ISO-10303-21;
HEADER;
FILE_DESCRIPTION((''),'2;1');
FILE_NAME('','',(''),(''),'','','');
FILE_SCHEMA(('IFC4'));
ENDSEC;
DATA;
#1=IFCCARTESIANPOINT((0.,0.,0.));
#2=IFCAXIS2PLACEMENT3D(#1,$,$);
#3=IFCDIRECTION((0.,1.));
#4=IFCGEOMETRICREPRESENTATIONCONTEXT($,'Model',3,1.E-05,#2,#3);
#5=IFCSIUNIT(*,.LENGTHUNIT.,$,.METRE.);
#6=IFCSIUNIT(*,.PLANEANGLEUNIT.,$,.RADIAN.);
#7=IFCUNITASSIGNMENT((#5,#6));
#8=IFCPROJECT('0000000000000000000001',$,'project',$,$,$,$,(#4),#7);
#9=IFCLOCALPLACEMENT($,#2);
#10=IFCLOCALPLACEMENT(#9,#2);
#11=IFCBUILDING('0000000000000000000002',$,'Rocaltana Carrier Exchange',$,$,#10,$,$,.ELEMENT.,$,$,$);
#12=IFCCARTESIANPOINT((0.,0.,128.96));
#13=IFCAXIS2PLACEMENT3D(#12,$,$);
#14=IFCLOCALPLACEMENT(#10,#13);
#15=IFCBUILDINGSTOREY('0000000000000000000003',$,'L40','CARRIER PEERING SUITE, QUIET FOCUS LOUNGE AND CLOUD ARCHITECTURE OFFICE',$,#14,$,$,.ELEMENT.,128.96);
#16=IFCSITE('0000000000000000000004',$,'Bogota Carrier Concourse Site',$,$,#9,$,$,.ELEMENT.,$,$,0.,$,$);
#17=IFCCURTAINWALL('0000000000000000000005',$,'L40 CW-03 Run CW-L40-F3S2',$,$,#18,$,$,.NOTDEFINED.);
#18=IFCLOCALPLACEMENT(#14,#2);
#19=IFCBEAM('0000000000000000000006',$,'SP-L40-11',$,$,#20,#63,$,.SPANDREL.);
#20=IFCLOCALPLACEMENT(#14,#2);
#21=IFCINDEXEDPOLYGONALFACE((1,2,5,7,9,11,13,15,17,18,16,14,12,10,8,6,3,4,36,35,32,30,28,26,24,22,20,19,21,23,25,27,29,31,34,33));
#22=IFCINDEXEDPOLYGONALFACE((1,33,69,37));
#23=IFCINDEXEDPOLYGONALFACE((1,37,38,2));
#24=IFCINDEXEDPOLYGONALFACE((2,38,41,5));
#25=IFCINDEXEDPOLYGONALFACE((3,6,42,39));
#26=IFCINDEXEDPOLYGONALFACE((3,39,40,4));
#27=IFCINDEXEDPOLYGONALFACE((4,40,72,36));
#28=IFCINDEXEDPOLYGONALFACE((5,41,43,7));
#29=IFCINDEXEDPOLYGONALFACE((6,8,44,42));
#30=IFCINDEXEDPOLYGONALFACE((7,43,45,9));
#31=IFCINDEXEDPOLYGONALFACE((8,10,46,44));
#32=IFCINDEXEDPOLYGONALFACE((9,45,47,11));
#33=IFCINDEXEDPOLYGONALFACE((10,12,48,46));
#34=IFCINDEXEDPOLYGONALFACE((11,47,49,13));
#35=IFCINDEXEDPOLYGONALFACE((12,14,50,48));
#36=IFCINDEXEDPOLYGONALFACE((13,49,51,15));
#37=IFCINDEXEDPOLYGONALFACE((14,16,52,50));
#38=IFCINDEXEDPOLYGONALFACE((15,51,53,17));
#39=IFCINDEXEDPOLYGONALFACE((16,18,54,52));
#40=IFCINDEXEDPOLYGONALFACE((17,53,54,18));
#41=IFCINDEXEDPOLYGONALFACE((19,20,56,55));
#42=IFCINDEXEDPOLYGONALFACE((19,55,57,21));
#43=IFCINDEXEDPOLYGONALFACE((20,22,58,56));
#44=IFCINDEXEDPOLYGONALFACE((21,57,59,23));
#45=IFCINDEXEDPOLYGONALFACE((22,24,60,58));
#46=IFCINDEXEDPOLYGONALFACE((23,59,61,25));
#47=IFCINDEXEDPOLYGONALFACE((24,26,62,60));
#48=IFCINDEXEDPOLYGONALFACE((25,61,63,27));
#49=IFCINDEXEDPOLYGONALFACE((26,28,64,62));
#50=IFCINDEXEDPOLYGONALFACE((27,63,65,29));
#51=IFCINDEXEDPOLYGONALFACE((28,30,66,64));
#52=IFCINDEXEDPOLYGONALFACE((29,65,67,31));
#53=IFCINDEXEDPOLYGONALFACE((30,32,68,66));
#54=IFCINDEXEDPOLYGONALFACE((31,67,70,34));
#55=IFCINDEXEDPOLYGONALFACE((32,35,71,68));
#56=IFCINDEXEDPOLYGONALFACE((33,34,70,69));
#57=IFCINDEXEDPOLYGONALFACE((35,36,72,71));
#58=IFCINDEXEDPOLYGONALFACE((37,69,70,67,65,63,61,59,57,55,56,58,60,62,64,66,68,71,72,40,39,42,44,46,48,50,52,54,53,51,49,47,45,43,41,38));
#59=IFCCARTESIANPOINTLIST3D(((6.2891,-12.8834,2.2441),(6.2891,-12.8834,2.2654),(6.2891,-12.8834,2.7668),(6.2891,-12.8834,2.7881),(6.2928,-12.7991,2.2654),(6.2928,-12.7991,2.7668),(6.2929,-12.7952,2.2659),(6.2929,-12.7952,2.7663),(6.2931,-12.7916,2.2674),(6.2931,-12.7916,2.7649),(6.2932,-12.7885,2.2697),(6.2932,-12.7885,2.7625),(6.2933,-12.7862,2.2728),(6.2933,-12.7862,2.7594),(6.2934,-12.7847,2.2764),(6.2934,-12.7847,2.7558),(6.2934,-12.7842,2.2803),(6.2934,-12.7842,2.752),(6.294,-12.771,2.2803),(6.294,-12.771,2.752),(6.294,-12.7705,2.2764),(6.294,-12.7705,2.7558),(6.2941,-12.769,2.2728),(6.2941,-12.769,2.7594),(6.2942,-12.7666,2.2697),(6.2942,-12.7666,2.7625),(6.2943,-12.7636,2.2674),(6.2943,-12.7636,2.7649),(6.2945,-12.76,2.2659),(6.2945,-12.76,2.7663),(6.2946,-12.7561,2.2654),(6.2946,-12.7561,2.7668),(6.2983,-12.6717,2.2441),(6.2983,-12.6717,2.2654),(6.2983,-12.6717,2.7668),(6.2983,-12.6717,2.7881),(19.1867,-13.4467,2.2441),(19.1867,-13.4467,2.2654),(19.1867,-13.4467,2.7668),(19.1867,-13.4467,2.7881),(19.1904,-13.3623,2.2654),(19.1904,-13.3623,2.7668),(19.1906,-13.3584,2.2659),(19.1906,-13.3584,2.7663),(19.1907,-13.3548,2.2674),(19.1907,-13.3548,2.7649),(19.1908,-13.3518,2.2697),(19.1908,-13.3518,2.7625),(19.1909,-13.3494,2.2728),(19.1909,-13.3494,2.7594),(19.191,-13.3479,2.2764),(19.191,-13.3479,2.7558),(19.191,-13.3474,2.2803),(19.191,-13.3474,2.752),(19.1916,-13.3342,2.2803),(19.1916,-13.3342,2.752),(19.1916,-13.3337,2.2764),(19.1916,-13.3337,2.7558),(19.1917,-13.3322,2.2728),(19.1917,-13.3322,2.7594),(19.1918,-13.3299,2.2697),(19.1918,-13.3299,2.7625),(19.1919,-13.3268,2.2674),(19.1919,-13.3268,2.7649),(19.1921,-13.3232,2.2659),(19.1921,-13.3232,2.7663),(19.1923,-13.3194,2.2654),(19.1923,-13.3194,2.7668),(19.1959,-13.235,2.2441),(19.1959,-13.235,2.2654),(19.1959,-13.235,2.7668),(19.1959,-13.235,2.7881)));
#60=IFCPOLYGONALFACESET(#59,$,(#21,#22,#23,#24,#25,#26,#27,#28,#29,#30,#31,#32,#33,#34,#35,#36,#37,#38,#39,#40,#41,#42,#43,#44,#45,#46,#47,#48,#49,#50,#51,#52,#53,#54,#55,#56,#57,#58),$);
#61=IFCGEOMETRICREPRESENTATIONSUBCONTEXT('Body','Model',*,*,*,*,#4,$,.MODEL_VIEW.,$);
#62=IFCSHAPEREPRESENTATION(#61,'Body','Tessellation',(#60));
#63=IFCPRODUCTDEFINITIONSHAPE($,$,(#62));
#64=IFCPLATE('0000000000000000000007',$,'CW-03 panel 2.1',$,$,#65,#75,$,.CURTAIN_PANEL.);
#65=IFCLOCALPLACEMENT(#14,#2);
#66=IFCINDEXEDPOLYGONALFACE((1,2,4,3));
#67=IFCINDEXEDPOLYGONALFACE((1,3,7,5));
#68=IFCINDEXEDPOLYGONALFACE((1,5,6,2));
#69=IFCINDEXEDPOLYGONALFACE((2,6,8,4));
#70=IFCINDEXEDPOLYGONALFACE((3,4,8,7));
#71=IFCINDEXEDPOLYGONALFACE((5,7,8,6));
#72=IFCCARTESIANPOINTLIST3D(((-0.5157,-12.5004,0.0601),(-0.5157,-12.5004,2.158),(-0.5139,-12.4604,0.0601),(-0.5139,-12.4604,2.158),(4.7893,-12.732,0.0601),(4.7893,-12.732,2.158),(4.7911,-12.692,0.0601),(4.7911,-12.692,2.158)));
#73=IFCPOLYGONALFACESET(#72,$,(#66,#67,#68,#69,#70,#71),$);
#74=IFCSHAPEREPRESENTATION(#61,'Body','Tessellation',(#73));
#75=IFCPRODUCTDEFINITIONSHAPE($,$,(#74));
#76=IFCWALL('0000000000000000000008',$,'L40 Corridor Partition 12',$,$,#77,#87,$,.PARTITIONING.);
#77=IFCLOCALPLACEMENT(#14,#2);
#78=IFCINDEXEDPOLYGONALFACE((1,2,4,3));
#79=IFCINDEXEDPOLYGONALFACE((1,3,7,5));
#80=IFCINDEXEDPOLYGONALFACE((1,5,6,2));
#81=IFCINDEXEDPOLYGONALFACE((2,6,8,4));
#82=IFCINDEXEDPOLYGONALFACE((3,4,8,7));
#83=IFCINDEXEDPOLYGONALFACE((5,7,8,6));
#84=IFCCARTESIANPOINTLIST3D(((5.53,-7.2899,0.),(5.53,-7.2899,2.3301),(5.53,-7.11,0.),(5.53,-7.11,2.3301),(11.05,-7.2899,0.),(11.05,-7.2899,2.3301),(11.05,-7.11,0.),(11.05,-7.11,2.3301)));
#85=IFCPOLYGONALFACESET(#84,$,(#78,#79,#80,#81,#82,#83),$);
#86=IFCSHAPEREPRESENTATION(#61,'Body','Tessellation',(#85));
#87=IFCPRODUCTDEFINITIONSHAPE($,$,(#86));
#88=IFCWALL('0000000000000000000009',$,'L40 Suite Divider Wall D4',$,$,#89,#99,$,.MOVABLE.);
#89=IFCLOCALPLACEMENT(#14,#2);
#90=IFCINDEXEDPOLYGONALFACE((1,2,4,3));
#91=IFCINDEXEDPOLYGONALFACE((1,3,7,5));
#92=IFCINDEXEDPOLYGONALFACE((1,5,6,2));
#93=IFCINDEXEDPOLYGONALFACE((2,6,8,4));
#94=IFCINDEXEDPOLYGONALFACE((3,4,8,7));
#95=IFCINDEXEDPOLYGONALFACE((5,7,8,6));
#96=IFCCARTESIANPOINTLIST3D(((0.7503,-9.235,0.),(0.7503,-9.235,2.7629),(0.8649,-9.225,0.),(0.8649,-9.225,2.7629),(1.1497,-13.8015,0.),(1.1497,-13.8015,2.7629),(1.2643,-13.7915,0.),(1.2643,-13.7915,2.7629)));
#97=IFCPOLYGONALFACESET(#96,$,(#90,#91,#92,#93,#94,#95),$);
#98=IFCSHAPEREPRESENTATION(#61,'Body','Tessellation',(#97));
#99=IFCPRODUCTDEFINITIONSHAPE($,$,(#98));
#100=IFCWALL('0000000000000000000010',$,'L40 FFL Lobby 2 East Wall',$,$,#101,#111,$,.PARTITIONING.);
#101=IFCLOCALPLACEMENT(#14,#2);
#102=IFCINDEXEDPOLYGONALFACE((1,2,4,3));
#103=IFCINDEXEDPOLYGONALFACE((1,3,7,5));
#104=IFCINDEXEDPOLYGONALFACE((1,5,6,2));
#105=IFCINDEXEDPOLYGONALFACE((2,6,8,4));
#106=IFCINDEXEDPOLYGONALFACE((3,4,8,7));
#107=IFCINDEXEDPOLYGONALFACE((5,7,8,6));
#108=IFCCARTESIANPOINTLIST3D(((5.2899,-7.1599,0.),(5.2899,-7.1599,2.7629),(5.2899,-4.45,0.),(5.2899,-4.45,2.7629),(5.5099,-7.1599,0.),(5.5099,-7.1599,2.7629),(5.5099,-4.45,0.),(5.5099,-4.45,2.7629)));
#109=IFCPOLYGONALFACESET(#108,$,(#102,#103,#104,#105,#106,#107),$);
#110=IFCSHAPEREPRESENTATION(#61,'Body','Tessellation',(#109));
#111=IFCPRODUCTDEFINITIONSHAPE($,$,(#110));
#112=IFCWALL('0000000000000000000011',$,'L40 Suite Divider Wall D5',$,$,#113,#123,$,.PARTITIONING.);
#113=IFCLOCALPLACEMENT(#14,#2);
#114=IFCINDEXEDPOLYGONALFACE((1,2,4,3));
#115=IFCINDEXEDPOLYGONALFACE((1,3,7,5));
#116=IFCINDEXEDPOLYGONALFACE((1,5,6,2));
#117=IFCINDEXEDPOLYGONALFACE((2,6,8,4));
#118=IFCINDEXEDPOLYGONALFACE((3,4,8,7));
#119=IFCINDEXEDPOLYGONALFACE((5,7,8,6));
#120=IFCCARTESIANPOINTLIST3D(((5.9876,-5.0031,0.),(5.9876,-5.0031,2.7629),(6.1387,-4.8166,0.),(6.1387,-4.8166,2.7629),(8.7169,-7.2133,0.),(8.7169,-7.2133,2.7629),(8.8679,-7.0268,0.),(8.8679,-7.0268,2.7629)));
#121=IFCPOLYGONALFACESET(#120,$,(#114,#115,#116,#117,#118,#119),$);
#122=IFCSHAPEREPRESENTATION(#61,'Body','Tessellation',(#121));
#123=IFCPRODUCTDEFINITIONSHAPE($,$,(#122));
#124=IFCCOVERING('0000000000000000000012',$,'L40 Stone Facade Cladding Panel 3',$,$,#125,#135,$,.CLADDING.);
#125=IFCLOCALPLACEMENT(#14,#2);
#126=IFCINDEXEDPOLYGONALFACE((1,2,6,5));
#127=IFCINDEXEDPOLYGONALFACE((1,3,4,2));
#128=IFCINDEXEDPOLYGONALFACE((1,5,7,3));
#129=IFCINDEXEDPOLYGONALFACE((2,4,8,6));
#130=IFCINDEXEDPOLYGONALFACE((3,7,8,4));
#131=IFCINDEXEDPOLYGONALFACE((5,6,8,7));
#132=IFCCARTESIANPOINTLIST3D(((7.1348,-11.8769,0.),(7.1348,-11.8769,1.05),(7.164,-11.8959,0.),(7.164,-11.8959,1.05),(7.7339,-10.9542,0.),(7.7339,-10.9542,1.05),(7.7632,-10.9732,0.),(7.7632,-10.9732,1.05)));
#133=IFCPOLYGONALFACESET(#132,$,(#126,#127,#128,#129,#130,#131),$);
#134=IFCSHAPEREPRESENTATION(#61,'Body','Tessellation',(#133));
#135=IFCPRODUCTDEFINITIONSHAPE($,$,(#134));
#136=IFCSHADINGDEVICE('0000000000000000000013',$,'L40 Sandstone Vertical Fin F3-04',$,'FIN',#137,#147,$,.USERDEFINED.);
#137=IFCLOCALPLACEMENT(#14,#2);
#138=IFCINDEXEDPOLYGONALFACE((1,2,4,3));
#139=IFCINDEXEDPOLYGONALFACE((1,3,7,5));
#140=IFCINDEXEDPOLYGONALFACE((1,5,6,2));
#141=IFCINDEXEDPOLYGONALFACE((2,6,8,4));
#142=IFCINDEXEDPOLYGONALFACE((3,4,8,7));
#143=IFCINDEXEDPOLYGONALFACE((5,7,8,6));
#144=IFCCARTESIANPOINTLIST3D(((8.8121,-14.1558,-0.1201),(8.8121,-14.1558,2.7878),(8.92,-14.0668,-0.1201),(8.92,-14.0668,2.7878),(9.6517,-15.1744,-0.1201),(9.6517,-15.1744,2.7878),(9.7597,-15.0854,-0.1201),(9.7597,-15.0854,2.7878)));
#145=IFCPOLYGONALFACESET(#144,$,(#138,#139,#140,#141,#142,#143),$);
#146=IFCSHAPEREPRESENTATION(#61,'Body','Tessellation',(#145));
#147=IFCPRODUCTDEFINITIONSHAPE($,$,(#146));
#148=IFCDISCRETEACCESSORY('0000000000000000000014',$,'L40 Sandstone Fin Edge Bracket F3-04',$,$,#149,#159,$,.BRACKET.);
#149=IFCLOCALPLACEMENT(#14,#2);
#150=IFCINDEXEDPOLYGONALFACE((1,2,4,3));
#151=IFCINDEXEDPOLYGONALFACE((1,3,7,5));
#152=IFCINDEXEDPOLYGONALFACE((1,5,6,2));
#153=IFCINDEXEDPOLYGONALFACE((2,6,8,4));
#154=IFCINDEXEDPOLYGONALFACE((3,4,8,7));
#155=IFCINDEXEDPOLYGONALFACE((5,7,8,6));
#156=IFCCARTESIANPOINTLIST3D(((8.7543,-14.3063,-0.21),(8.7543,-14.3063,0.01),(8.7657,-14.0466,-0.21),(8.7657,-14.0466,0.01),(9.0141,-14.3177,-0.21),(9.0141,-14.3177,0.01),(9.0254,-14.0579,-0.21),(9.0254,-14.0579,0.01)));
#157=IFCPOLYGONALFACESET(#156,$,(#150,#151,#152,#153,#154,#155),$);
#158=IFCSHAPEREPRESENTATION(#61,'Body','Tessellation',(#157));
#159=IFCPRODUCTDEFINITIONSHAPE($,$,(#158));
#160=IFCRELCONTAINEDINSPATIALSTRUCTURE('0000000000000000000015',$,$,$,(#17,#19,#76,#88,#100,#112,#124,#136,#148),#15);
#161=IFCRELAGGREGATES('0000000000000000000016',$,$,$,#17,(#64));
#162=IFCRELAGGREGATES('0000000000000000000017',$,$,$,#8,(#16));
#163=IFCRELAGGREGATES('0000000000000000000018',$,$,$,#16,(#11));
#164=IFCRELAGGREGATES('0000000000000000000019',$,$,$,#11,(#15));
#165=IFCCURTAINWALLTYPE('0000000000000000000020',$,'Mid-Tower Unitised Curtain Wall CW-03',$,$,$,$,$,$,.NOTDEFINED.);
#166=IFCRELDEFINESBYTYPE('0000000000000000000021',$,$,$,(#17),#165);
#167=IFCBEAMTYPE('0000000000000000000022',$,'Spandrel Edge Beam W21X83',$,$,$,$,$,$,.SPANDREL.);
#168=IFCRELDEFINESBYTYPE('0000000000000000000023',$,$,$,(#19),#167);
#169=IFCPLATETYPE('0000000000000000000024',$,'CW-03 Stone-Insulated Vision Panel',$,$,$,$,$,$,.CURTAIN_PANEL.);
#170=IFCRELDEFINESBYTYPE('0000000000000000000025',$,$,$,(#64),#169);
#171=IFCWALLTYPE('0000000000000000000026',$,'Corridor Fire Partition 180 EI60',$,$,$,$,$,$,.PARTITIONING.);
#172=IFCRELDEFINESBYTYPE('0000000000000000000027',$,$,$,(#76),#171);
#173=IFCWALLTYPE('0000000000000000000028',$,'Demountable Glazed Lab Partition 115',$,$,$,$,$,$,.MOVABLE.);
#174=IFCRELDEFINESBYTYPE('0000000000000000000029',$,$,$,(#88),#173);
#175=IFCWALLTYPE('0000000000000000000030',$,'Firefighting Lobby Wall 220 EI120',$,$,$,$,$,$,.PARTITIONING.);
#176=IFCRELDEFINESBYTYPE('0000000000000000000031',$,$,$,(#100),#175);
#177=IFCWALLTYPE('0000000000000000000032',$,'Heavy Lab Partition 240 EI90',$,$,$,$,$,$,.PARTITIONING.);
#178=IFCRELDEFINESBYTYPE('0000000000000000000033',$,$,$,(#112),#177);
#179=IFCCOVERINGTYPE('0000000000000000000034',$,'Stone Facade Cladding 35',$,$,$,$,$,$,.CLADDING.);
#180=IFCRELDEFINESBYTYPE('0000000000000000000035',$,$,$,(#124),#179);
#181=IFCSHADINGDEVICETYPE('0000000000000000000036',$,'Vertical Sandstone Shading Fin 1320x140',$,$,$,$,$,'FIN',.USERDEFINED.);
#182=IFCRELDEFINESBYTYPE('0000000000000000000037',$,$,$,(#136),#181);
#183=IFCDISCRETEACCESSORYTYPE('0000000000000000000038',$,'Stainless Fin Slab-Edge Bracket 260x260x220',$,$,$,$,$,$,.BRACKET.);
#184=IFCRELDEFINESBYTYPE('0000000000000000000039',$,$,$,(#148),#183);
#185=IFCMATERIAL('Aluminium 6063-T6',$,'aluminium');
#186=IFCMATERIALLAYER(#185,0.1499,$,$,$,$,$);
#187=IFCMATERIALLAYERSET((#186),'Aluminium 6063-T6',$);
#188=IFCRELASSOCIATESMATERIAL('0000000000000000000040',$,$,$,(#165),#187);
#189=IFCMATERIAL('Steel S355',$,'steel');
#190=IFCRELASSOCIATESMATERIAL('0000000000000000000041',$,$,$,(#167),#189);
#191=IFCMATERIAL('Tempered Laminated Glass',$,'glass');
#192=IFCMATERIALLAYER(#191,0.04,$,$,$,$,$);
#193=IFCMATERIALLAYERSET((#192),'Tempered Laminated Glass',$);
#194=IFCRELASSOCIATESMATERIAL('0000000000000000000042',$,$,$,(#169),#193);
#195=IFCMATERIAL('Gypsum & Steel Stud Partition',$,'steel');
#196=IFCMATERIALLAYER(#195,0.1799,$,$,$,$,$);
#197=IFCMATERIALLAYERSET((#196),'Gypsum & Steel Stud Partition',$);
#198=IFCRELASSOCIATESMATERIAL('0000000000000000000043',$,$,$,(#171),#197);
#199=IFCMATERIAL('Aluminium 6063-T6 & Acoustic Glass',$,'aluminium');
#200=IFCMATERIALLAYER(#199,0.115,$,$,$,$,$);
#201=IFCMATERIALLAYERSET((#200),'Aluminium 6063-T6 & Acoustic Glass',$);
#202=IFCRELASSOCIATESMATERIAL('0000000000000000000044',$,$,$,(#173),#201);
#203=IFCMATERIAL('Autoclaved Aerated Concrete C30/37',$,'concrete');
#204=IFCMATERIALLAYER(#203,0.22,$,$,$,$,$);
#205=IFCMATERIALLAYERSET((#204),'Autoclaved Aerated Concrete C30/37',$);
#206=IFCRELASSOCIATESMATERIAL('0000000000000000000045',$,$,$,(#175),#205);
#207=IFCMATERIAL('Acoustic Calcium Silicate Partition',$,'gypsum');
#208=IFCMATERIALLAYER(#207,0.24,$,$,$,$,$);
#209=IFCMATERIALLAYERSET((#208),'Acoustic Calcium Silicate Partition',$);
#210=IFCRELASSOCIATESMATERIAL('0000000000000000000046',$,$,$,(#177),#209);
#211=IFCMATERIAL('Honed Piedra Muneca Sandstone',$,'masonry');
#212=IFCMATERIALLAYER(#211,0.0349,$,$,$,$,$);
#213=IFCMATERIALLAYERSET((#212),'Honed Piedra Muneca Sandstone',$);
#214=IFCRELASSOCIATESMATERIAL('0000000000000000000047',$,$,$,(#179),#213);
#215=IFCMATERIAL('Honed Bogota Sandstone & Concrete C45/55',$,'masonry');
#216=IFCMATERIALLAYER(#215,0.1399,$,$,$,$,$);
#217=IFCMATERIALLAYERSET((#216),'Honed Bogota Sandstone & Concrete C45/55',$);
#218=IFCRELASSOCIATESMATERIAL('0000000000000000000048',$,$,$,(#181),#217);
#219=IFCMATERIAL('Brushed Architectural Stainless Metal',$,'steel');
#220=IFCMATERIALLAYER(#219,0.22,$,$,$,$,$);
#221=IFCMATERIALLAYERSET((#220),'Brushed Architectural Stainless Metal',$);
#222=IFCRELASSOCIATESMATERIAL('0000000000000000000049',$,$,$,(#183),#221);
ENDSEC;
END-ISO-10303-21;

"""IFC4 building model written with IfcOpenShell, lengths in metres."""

from ifc_helpers import new_model, si_unit, direction, frame, frame_2d, origin, origin_2d, place, context, subcontext, project, spatial, rectangle, i_section, extrude, material, layer, layer_set, material_profile, profile_set, type_object, element, aggregate, save


model = new_model("IFC4")

# Units and contexts
model_context = context("Model", 3, precision=1e-05, world=origin(), true_north=direction((0.0, 1.0)))
body_context = subcontext(model_context, "Body", "Model", "MODEL_VIEW")
ifc_project = project(units=[si_unit("LENGTHUNIT", "METRE"), si_unit("PLANEANGLEUNIT", "RADIAN")], contexts=[model_context])

# Site, building, storey
site_placement = place(None, origin())
site = spatial("IfcSite", under=ifc_project, at=site_placement, Name="Bogota Carrier Concourse Site", CompositionType="ELEMENT", RefElevation=0.0)
building_placement = place(site_placement, origin())
building = spatial("IfcBuilding", under=site, at=building_placement, Name="Rocaltana Carrier Exchange", CompositionType="ELEMENT")
storey_placement = place(building_placement, frame((0.0, 0.0, 128.96)))
storey = spatial("IfcBuildingStorey", under=building, at=storey_placement, Name="L40", Description="CARRIER PEERING SUITE, QUIET FOCUS LOUNGE AND CLOUD ARCHITECTURE OFFICE", CompositionType="ELEMENT", Elevation=128.96)

# Curtain wall
ifc_material_1 = material(Name="Aluminium 6063-T6", Category="aluminium")
ifc_layer_1 = layer(ifc_material_1, 0.1499)
ifc_layer_set_1 = layer_set([ifc_layer_1], Name="Aluminium 6063-T6")
curtain_wall_type = type_object("IfcCurtainWallType", Name="Mid-Tower Unitised Curtain Wall CW-03", PredefinedType="NOTDEFINED", material=ifc_layer_set_1)
curtain_wall_1_placement = place(storey_placement, origin())
curtain_wall_1 = element("IfcCurtainWall", 1, at=curtain_wall_1_placement, inside=storey, type_object=curtain_wall_type, Name="L40 CW-03 Run CW-L40-F3S2", PredefinedType="NOTDEFINED")

# Beam
ifc_material_2 = material(Name="Steel S355", Category="steel")
ifc_material_profile_1 = material_profile(ifc_material_2, i_section(OverallWidth=0.2119, OverallDepth=0.5439, WebThickness=0.0132, FlangeThickness=0.0212, FilletRadius=0.0149, at=origin_2d()), Name="W21X83")
ifc_profile_set_1 = profile_set([ifc_material_profile_1], Name="Steel S355")
beam_type_1 = type_object("IfcBeamType", Name="Spandrel Edge Beam W21X83", PredefinedType="SPANDREL", material=ifc_profile_set_1)
beam_1_placement = place(storey_placement, frame((6.2937, -12.7776, 2.5161), z_axis=(0.999048, -0.043628, 0.0), x_axis=(0.043628, 0.999048, 0.0)))
element("IfcBeam", 2, at=beam_1_placement, inside=storey, type_object=beam_type_1, Name="SP-L40-11", PredefinedType="SPANDREL", context=body_context, shape_type="SweptSolid", body=[
    extrude(i_section(OverallWidth=0.2119, OverallDepth=0.5439, WebThickness=0.0132, FlangeThickness=0.0212, FilletRadius=0.0149, at=origin_2d()), origin(), (0.0, 0.0, 1.0), 12.9099),
])

# Plate
ifc_material_3 = material(Name="Tempered Laminated Glass", Category="glass")
ifc_layer_2 = layer(ifc_material_3, 0.04)
ifc_layer_set_2 = layer_set([ifc_layer_2], Name="Tempered Laminated Glass")
plate_type = type_object("IfcPlateType", Name="CW-03 Stone-Insulated Vision Panel", PredefinedType="CURTAIN_PANEL", material=ifc_layer_set_2)
plate_placement = place(storey_placement, frame((2.1377, -12.5962, 0.0601), z_axis=(0.0, 0.0, 1.0), x_axis=(0.999048, -0.04362, 0.0)))
plate = element("IfcPlate", 3, at=plate_placement, type_object=plate_type, Name="CW-03 panel 2.1", PredefinedType="CURTAIN_PANEL", context=body_context, shape_type="SweptSolid", body=[
    extrude(rectangle(XDim=5.3101, YDim=0.04, at=origin_2d()), origin(), (0.0, 0.0, 1.0), 2.0979),
])
aggregate(curtain_wall_1, [plate])

# Walls
ifc_material_4 = material(Name="Gypsum & Steel Stud Partition", Category="steel")
ifc_layer_3 = layer(ifc_material_4, 0.1799)
ifc_layer_set_3 = layer_set([ifc_layer_3], Name="Gypsum & Steel Stud Partition")
wall_type_1 = type_object("IfcWallType", Name="Corridor Fire Partition 180 EI60", PredefinedType="PARTITIONING", material=ifc_layer_set_3)
wall_1_placement = place(storey_placement, frame((5.53, -7.2, 0.0), z_axis=(0.0, 0.0, 1.0), x_axis=(1.0, 0.0, 0.0)))
element("IfcWall", 4, at=wall_1_placement, inside=storey, type_object=wall_type_1, Name="L40 Corridor Partition 12", PredefinedType="PARTITIONING", context=body_context, shape_type="SweptSolid", body=[
    extrude(rectangle(XDim=5.52, YDim=0.1799, at=frame_2d((2.76, 0.0))), origin(), (0.0, 0.0, 1.0), 2.3301),
])
ifc_material_5 = material(Name="Aluminium 6063-T6 & Acoustic Glass", Category="aluminium")
ifc_layer_4 = layer(ifc_material_5, 0.115)
ifc_layer_set_4 = layer_set([ifc_layer_4], Name="Aluminium 6063-T6 & Acoustic Glass")
wall_type_2 = type_object("IfcWallType", Name="Demountable Glazed Lab Partition 115", PredefinedType="MOVABLE", material=ifc_layer_set_4)
wall_2_placement = place(storey_placement, frame((0.8076, -9.23, 0.0), z_axis=(0.0, 0.0, 1.0), x_axis=(0.087131, -0.996197, 0.0)))
element("IfcWall", 5, at=wall_2_placement, inside=storey, type_object=wall_type_2, Name="L40 Suite Divider Wall D4", PredefinedType="MOVABLE", context=body_context, shape_type="SweptSolid", body=[
    extrude(rectangle(XDim=4.584, YDim=0.115, at=frame_2d((2.292, 0.0))), origin(), (0.0, 0.0, 1.0), 2.7629),
])
ifc_material_6 = material(Name="Autoclaved Aerated Concrete C30/37", Category="concrete")
ifc_layer_5 = layer(ifc_material_6, 0.22)
ifc_layer_set_5 = layer_set([ifc_layer_5], Name="Autoclaved Aerated Concrete C30/37")
wall_type_3 = type_object("IfcWallType", Name="Firefighting Lobby Wall 220 EI120", PredefinedType="PARTITIONING", material=ifc_layer_set_5)
wall_3_placement = place(storey_placement, frame((5.3999, -7.1599, 0.0), z_axis=(0.0, 0.0, 1.0), x_axis=(0.0, 1.0, 0.0)))
element("IfcWall", 6, at=wall_3_placement, inside=storey, type_object=wall_type_3, Name="L40 FFL Lobby 2 East Wall", PredefinedType="PARTITIONING", context=body_context, shape_type="SweptSolid", body=[
    extrude(rectangle(XDim=2.71, YDim=0.22, at=frame_2d((1.355, 0.0))), origin(), (0.0, 0.0, 1.0), 2.7629),
])
ifc_material_7 = material(Name="Acoustic Calcium Silicate Partition", Category="gypsum")
ifc_layer_6 = layer(ifc_material_7, 0.24)
ifc_layer_set_6 = layer_set([ifc_layer_6], Name="Acoustic Calcium Silicate Partition")
wall_type_4 = type_object("IfcWallType", Name="Heavy Lab Partition 240 EI90", PredefinedType="PARTITIONING", material=ifc_layer_set_6)
wall_4_placement = place(storey_placement, frame((6.0632, -4.9099, 0.0), z_axis=(0.0, 0.0, 1.0), x_axis=(0.777132, -0.629338, 0.0)))
element("IfcWall", 7, at=wall_4_placement, inside=storey, type_object=wall_type_4, Name="L40 Suite Divider Wall D5", PredefinedType="PARTITIONING", context=body_context, shape_type="SweptSolid", body=[
    extrude(rectangle(XDim=3.512, YDim=0.24, at=frame_2d((1.7559, 0.0))), origin(), (0.0, 0.0, 1.0), 2.7629),
])

# Covering
ifc_material_8 = material(Name="Honed Piedra Muneca Sandstone", Category="masonry")
ifc_layer_7 = layer(ifc_material_8, 0.0349)
ifc_layer_set_7 = layer_set([ifc_layer_7], Name="Honed Piedra Muneca Sandstone")
covering_type = type_object("IfcCoveringType", Name="Stone Facade Cladding 35", PredefinedType="CLADDING", material=ifc_layer_set_7)
covering_placement = place(storey_placement, frame((7.449, -11.425, 0.0), z_axis=(0.0, 0.0, 1.0), x_axis=(0.544639, 0.838671, 0.0)))
element("IfcCovering", 8, at=covering_placement, inside=storey, type_object=covering_type, Name="L40 Stone Facade Cladding Panel 3", PredefinedType="CLADDING", context=body_context, shape_type="SweptSolid", body=[
    extrude(rectangle(XDim=1.1001, YDim=0.0349, at=origin_2d()), origin(), (0.0, 0.0, 1.0), 1.05),
])

# Shading device
ifc_material_9 = material(Name="Honed Bogota Sandstone & Concrete C45/55", Category="masonry")
ifc_layer_8 = layer(ifc_material_9, 0.1399)
ifc_layer_set_8 = layer_set([ifc_layer_8], Name="Honed Bogota Sandstone & Concrete C45/55")
shading_device_type = type_object("IfcShadingDeviceType", Name="Vertical Sandstone Shading Fin 1320x140", ElementType="FIN", PredefinedType="USERDEFINED", material=ifc_layer_set_8)
shading_device_placement = place(storey_placement, frame((9.2859, -14.6206, -0.1201), z_axis=(0.0, 0.0, 1.0), x_axis=(0.636078, -0.771625, 0.0)))
element("IfcShadingDevice", 9, at=shading_device_placement, inside=storey, type_object=shading_device_type, Name="L40 Sandstone Vertical Fin F3-04", ObjectType="FIN", PredefinedType="USERDEFINED", context=body_context, shape_type="SweptSolid", body=[
    extrude(rectangle(XDim=1.3201, YDim=0.1399, at=origin_2d()), origin(), (0.0, 0.0, 1.0), 2.908),
])

# Discrete accessory
ifc_material_10 = material(Name="Brushed Architectural Stainless Metal", Category="steel")
ifc_layer_9 = layer(ifc_material_10, 0.22)
ifc_layer_set_9 = layer_set([ifc_layer_9], Name="Brushed Architectural Stainless Metal")
discrete_accessory_type = type_object("IfcDiscreteAccessoryType", Name="Stainless Fin Slab-Edge Bracket 260x260x220", PredefinedType="BRACKET", material=ifc_layer_set_9)
discrete_accessory_placement = place(storey_placement, frame((8.8899, -14.1821, -0.21), z_axis=(0.0, 0.0, 1.0), x_axis=(0.999048, -0.043619, 0.0)))
element("IfcDiscreteAccessory", 10, at=discrete_accessory_placement, inside=storey, type_object=discrete_accessory_type, Name="L40 Sandstone Fin Edge Bracket F3-04", PredefinedType="BRACKET", context=body_context, shape_type="SweptSolid", body=[
    extrude(rectangle(XDim=0.26, YDim=0.26, at=origin_2d()), origin(), (0.0, 0.0, 1.0), 0.22),
])

save(model, "model.ifc")
